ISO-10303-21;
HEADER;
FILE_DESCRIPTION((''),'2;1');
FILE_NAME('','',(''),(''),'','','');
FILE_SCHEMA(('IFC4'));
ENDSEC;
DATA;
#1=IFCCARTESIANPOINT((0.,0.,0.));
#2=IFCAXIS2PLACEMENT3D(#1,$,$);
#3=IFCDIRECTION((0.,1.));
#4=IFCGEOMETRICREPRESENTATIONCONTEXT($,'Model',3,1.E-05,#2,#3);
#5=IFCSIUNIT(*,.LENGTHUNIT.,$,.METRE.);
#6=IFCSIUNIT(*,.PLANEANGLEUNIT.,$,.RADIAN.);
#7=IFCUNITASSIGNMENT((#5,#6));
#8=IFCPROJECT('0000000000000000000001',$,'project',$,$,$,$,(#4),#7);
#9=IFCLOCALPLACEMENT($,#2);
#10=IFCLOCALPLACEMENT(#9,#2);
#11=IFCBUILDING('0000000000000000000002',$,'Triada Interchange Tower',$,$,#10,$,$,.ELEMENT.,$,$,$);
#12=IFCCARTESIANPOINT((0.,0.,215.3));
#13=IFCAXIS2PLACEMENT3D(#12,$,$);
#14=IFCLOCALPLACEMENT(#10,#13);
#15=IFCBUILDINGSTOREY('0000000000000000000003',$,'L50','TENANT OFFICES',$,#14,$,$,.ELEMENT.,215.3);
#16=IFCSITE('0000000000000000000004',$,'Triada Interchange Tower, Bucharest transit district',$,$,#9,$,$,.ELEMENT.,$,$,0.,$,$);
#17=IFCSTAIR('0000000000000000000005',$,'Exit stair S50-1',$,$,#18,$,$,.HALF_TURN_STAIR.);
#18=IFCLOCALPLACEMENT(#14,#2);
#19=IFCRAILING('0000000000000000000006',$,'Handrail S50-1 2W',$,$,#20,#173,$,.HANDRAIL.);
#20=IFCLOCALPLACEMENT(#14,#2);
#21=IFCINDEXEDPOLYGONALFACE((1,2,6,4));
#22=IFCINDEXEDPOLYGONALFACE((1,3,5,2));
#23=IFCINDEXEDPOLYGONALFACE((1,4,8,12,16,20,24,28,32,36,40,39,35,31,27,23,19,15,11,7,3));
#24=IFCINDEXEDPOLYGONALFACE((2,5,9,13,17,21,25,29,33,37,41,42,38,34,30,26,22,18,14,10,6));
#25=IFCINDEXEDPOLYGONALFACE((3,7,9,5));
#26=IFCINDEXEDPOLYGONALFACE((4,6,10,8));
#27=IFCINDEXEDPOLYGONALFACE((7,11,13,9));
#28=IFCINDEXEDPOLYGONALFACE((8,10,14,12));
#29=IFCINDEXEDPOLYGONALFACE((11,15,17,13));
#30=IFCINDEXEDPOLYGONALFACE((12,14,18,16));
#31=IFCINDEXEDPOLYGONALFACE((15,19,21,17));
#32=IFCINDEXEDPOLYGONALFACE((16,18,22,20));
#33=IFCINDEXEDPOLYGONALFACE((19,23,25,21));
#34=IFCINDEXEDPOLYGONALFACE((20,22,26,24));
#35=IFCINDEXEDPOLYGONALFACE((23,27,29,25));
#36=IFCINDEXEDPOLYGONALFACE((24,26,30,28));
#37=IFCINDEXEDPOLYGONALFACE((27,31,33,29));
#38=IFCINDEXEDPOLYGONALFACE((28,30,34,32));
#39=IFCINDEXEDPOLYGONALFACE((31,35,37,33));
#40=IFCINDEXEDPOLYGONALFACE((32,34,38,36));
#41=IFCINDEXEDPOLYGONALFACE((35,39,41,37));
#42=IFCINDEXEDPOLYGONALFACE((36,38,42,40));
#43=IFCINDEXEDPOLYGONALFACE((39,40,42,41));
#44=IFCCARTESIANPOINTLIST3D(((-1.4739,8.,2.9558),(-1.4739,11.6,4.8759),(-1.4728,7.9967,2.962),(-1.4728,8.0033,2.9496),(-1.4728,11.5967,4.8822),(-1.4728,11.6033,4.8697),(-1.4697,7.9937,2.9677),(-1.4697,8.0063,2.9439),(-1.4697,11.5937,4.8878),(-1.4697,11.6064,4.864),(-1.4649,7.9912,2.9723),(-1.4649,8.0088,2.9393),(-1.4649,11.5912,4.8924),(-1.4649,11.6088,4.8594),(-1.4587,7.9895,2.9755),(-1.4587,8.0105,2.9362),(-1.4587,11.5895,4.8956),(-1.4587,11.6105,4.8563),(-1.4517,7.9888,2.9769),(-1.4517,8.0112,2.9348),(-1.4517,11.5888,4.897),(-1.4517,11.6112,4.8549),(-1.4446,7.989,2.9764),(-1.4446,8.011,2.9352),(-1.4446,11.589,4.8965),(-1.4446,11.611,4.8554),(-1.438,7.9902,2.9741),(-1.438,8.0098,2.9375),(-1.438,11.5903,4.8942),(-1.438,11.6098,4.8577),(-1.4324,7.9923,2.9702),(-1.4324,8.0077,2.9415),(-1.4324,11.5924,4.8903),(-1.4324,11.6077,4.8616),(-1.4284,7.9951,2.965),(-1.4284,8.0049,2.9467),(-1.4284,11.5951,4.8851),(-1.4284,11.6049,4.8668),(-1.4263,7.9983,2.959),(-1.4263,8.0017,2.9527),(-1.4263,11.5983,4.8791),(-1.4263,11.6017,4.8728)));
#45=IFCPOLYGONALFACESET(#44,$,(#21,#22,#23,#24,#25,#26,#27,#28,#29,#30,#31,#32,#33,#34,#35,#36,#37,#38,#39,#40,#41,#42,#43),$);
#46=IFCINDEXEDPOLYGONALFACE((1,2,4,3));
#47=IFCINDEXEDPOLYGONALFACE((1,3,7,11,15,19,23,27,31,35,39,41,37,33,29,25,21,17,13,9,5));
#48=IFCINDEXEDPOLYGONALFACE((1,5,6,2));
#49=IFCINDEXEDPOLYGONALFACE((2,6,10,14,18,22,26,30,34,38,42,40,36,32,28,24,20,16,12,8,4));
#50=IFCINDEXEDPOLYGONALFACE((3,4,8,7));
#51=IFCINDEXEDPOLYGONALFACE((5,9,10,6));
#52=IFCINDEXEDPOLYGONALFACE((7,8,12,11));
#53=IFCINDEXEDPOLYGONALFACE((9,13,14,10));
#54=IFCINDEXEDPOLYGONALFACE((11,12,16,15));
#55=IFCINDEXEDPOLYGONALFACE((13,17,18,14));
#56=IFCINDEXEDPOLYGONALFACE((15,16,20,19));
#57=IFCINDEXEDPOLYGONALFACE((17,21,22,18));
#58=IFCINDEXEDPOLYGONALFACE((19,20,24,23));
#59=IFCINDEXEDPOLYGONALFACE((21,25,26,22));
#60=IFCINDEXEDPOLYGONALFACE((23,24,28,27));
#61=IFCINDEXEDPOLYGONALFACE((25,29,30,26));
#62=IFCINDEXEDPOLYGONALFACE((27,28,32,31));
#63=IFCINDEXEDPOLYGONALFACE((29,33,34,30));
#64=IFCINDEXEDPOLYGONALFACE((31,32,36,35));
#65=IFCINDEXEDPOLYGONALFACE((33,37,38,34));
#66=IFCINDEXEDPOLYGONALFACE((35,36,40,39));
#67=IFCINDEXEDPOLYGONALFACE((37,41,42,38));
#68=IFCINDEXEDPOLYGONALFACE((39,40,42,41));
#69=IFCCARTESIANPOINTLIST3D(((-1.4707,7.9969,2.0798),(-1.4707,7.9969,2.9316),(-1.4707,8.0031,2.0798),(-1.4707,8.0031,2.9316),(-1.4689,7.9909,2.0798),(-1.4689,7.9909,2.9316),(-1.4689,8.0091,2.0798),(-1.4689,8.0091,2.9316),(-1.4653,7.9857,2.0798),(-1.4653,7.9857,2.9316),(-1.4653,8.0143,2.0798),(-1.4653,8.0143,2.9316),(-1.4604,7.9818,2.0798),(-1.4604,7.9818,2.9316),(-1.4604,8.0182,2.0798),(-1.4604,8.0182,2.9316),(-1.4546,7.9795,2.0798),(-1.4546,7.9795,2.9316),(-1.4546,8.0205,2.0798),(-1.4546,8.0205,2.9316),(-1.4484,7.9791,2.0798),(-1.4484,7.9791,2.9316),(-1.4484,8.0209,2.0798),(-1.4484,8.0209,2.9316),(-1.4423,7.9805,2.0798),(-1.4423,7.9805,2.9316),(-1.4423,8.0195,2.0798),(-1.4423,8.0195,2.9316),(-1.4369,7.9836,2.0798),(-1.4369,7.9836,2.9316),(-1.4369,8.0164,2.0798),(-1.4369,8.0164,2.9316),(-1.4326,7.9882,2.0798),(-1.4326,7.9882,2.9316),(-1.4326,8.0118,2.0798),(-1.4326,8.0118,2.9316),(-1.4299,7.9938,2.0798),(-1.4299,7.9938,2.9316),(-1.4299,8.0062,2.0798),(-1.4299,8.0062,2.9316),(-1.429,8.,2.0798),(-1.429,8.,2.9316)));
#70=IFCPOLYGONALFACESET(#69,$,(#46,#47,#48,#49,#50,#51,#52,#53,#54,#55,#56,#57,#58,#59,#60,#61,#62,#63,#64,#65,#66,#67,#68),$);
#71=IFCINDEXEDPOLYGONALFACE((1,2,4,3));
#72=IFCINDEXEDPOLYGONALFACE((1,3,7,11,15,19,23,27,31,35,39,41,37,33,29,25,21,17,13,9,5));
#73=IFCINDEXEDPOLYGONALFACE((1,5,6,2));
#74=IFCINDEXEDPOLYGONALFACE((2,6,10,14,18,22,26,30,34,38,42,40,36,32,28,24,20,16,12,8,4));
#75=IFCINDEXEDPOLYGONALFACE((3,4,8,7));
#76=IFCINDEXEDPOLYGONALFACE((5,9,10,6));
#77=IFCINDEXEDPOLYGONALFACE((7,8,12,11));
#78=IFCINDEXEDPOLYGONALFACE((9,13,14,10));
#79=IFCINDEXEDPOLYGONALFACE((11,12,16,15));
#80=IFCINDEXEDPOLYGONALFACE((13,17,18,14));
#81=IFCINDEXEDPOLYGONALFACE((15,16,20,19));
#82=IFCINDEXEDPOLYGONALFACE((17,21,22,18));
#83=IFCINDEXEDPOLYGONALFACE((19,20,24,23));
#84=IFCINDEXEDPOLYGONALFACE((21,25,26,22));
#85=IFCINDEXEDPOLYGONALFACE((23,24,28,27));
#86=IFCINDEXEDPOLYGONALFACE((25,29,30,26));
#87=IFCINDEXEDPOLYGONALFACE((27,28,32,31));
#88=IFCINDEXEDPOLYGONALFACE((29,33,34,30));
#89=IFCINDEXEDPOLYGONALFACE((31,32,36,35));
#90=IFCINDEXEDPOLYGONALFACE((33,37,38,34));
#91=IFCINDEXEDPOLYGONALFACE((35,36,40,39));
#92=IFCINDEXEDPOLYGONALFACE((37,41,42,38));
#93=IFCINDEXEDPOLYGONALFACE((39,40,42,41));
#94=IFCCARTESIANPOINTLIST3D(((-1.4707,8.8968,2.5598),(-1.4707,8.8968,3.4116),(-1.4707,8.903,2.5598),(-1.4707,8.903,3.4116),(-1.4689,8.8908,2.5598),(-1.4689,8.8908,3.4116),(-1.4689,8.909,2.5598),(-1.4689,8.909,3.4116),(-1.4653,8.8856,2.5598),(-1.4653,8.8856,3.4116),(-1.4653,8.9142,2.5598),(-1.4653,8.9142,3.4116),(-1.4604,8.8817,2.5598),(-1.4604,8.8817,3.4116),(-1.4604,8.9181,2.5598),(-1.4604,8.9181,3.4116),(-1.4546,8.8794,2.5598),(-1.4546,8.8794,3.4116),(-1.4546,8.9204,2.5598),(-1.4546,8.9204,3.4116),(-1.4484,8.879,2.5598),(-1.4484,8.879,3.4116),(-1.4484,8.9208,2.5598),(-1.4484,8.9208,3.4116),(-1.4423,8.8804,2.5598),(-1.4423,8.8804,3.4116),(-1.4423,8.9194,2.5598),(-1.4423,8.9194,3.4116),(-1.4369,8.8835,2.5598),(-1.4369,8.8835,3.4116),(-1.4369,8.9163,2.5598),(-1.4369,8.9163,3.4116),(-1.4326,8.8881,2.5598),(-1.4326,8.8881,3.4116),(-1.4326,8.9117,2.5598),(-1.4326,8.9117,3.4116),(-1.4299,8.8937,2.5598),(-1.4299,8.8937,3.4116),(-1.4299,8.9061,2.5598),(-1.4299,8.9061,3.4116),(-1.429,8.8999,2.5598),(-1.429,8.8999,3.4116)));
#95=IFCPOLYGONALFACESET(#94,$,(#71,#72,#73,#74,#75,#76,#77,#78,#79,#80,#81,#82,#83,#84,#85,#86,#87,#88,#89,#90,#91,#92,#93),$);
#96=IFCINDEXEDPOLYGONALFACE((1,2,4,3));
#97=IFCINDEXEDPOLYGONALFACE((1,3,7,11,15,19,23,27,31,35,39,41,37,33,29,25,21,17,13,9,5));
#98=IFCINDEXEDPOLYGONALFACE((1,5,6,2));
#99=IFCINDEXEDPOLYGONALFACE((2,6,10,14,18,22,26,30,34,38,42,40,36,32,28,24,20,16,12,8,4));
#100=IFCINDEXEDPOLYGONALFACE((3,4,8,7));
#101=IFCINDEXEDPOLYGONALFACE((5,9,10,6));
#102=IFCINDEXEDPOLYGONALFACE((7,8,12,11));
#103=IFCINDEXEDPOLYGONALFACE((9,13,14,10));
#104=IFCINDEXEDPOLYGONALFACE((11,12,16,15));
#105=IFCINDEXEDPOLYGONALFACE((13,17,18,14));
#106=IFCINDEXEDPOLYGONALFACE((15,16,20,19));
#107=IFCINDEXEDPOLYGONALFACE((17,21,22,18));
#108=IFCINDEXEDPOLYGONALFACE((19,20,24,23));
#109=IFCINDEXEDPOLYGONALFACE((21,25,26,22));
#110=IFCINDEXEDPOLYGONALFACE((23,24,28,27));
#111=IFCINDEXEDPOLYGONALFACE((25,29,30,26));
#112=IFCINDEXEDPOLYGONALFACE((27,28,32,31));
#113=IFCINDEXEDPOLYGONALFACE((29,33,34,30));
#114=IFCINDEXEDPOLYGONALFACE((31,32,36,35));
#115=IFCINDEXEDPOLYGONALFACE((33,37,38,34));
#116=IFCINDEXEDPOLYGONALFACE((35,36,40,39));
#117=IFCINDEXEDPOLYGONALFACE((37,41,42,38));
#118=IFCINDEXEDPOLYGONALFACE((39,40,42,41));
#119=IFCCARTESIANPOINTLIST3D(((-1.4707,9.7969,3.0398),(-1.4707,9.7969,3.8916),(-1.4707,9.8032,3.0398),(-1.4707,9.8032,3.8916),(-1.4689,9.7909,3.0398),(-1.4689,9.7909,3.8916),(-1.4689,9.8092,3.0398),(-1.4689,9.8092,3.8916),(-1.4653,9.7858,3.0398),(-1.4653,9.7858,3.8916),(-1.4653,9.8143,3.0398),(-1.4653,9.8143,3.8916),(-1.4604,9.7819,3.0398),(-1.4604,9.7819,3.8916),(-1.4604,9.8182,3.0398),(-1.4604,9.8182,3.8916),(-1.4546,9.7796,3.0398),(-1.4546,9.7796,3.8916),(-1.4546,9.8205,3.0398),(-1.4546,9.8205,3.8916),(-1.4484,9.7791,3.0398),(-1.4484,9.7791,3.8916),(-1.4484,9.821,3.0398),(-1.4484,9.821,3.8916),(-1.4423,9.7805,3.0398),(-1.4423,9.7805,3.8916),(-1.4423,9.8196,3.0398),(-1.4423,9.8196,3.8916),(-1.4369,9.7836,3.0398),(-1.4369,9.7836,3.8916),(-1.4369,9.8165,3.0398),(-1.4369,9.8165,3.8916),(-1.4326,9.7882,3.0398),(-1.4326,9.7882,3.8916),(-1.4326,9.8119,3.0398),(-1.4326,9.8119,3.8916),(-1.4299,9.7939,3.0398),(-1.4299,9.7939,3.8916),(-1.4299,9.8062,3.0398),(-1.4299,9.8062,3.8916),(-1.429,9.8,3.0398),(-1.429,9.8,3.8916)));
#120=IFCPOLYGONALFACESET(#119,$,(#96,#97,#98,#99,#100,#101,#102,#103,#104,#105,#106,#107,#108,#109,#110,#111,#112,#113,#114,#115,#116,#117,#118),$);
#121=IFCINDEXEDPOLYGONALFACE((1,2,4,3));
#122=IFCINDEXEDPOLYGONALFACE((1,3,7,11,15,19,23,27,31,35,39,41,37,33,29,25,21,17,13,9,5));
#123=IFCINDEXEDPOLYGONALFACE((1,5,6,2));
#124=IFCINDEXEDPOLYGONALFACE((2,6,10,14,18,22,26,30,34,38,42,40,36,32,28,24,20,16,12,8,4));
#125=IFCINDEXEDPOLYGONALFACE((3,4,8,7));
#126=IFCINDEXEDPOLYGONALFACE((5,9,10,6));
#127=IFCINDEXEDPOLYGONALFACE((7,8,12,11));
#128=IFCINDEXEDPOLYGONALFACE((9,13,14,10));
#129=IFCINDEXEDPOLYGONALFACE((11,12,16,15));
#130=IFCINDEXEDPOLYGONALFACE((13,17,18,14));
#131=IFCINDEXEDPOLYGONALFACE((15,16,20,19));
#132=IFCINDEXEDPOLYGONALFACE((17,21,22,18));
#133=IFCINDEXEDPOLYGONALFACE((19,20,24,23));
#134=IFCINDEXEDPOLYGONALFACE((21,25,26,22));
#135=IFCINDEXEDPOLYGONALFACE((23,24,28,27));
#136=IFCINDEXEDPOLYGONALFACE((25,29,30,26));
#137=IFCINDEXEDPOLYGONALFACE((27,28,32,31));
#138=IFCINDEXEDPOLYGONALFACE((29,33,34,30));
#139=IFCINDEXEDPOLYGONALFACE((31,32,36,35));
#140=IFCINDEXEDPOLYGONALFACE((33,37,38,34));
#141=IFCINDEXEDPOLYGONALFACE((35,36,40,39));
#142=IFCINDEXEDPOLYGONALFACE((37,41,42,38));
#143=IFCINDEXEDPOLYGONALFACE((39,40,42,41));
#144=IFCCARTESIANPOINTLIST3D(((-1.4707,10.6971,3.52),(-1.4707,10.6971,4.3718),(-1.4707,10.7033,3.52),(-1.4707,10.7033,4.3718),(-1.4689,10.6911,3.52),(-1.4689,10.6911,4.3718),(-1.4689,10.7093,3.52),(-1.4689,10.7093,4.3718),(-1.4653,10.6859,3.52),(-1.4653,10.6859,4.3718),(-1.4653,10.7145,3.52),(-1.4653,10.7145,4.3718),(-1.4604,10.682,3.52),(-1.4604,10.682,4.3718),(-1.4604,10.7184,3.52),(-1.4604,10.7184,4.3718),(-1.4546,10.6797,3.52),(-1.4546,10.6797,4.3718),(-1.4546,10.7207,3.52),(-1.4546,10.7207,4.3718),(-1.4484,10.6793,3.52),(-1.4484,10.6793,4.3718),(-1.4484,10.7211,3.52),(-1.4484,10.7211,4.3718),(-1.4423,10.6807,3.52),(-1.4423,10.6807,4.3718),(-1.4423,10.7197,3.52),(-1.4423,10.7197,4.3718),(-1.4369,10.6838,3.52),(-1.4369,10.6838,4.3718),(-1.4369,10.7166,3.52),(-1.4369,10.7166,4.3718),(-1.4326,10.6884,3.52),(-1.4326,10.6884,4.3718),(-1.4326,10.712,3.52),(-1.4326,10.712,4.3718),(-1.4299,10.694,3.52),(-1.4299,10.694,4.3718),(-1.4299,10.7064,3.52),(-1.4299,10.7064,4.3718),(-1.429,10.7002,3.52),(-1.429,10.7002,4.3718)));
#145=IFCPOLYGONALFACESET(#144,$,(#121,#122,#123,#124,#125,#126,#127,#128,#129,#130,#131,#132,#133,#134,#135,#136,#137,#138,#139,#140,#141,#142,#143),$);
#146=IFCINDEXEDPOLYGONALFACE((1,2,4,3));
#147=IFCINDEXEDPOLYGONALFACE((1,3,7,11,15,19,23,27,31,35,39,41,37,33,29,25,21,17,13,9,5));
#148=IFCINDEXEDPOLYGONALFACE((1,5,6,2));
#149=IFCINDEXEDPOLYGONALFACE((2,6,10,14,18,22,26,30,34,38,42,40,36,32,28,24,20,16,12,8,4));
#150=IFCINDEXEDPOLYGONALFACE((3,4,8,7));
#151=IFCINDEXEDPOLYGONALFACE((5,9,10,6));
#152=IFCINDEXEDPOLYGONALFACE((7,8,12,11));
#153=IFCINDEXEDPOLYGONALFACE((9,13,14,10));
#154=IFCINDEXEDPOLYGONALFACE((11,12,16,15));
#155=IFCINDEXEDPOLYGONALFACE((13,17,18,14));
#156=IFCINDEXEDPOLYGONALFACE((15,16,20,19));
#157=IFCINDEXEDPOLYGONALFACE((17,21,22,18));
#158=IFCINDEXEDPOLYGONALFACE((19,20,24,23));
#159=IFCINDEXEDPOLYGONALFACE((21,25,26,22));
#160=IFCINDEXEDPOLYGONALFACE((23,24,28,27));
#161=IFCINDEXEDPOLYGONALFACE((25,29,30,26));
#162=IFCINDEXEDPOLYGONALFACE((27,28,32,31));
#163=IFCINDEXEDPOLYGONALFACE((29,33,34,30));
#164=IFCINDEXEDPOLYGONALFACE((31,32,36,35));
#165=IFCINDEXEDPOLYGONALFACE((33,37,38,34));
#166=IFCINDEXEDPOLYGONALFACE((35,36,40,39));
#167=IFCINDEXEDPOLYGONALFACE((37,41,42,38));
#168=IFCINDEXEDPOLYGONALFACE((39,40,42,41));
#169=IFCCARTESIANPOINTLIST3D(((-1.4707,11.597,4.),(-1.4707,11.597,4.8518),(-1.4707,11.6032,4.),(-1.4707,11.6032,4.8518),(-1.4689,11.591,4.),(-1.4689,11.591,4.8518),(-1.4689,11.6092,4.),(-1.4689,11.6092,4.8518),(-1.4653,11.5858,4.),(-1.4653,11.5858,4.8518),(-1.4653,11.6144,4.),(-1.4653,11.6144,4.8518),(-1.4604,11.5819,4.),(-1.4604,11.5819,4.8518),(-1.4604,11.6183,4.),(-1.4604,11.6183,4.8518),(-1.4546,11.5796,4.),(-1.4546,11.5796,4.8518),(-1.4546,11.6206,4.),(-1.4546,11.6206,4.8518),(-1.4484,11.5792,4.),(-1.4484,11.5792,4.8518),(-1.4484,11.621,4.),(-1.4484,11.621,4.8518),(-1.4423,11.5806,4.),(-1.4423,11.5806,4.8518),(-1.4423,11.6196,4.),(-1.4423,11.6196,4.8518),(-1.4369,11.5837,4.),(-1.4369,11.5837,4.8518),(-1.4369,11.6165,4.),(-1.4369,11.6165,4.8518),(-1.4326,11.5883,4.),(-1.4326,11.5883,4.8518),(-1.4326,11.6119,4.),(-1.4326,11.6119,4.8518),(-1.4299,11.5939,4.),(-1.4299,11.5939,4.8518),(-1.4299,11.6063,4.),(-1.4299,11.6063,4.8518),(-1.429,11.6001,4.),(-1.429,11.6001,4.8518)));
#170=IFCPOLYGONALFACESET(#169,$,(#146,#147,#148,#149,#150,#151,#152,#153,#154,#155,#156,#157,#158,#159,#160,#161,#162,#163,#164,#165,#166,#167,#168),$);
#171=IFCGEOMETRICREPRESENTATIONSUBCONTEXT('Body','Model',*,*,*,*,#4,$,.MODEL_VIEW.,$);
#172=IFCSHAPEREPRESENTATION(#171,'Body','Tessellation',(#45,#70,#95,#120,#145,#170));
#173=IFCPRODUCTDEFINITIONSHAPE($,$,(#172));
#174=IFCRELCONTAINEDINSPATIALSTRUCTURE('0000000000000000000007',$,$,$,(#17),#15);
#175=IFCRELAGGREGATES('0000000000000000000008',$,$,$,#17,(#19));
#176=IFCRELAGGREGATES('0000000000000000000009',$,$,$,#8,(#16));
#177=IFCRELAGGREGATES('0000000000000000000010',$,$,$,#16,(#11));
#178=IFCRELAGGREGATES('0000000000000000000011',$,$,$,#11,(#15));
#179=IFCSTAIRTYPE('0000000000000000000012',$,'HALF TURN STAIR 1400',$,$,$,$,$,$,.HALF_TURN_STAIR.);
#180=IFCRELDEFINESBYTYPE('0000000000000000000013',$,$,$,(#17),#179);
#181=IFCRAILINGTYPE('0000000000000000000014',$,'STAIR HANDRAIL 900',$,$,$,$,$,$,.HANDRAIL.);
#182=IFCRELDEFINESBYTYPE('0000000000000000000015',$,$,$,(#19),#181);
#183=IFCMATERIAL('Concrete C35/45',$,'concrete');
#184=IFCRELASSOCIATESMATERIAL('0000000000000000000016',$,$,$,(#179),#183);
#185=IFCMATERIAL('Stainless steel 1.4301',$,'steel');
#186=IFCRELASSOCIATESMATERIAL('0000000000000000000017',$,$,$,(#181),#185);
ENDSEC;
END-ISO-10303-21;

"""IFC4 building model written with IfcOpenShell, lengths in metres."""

from ifc_helpers import new_model, si_unit, direction, frame, origin, origin_2d, place, context, subcontext, project, spatial, circle, extrude, material, type_object, element, aggregate, save


model = new_model("IFC4")

# Units and contexts
model_context = context("Model", 3, precision=1e-05, world=origin(), true_north=direction((0.0, 1.0)))
body_context = subcontext(model_context, "Body", "Model", "MODEL_VIEW")
ifc_project = project(units=[si_unit("LENGTHUNIT", "METRE"), si_unit("PLANEANGLEUNIT", "RADIAN")], contexts=[model_context])

# Site, building, storey
site_placement = place(None, origin())
site = spatial("IfcSite", under=ifc_project, at=site_placement, Name="Triada Interchange Tower, Bucharest transit district", CompositionType="ELEMENT", RefElevation=0.0)
building_placement = place(site_placement, origin())
building = spatial("IfcBuilding", under=site, at=building_placement, Name="Triada Interchange Tower", CompositionType="ELEMENT")
storey_placement = place(building_placement, frame((0.0, 0.0, 215.3)))
storey = spatial("IfcBuildingStorey", under=building, at=storey_placement, Name="L50", Description="TENANT OFFICES", CompositionType="ELEMENT", Elevation=215.3)

# Stair, railing
ifc_material_1 = material(Name="Concrete C35/45", Category="concrete")
stair_type = type_object("IfcStairType", Name="HALF TURN STAIR 1400", PredefinedType="HALF_TURN_STAIR", material=ifc_material_1)
stair_placement = place(storey_placement, origin())
stair = element("IfcStair", 1, at=stair_placement, inside=storey, type_object=stair_type, Name="Exit stair S50-1", PredefinedType="HALF_TURN_STAIR")
ifc_material_2 = material(Name="Stainless steel 1.4301", Category="steel")
railing_type = type_object("IfcRailingType", Name="STAIR HANDRAIL 900", PredefinedType="HANDRAIL", material=ifc_material_2)
railing_1_placement = place(storey_placement, frame((-1.45, 8.0, 2.0798)))
railing_1 = element("IfcRailing", 2, at=railing_1_placement, type_object=railing_type, Name="Handrail S50-1 2W", PredefinedType="HANDRAIL", context=body_context, shape_type="SweptSolid", body=[
    extrude(circle(Radius=0.0239, at=origin_2d()), frame((0.0, 0.0, 0.876), z_axis=(0.0, 0.882341, 0.47061), x_axis=(-1.0, 0.0, 0.0)), (0.0, 0.0, 1.0), 4.0801),
    extrude(circle(Radius=0.021, at=origin_2d()), origin(), (0.0, 0.0, 1.0), 0.8518),
    extrude(circle(Radius=0.021, at=origin_2d()), frame((0.0, 0.8999, 0.48)), (0.0, 0.0, 1.0), 0.8518),
    extrude(circle(Radius=0.021, at=origin_2d()), frame((0.0, 1.8, 0.96)), (0.0, 0.0, 1.0), 0.8518),
    extrude(circle(Radius=0.021, at=origin_2d()), frame((0.0, 2.7002, 1.4402)), (0.0, 0.0, 1.0), 0.8518),
    extrude(circle(Radius=0.021, at=origin_2d()), frame((0.0, 3.6001, 1.9202)), (0.0, 0.0, 1.0), 0.8518),
])
aggregate(stair, [railing_1])

save(model, "model.ifc")
